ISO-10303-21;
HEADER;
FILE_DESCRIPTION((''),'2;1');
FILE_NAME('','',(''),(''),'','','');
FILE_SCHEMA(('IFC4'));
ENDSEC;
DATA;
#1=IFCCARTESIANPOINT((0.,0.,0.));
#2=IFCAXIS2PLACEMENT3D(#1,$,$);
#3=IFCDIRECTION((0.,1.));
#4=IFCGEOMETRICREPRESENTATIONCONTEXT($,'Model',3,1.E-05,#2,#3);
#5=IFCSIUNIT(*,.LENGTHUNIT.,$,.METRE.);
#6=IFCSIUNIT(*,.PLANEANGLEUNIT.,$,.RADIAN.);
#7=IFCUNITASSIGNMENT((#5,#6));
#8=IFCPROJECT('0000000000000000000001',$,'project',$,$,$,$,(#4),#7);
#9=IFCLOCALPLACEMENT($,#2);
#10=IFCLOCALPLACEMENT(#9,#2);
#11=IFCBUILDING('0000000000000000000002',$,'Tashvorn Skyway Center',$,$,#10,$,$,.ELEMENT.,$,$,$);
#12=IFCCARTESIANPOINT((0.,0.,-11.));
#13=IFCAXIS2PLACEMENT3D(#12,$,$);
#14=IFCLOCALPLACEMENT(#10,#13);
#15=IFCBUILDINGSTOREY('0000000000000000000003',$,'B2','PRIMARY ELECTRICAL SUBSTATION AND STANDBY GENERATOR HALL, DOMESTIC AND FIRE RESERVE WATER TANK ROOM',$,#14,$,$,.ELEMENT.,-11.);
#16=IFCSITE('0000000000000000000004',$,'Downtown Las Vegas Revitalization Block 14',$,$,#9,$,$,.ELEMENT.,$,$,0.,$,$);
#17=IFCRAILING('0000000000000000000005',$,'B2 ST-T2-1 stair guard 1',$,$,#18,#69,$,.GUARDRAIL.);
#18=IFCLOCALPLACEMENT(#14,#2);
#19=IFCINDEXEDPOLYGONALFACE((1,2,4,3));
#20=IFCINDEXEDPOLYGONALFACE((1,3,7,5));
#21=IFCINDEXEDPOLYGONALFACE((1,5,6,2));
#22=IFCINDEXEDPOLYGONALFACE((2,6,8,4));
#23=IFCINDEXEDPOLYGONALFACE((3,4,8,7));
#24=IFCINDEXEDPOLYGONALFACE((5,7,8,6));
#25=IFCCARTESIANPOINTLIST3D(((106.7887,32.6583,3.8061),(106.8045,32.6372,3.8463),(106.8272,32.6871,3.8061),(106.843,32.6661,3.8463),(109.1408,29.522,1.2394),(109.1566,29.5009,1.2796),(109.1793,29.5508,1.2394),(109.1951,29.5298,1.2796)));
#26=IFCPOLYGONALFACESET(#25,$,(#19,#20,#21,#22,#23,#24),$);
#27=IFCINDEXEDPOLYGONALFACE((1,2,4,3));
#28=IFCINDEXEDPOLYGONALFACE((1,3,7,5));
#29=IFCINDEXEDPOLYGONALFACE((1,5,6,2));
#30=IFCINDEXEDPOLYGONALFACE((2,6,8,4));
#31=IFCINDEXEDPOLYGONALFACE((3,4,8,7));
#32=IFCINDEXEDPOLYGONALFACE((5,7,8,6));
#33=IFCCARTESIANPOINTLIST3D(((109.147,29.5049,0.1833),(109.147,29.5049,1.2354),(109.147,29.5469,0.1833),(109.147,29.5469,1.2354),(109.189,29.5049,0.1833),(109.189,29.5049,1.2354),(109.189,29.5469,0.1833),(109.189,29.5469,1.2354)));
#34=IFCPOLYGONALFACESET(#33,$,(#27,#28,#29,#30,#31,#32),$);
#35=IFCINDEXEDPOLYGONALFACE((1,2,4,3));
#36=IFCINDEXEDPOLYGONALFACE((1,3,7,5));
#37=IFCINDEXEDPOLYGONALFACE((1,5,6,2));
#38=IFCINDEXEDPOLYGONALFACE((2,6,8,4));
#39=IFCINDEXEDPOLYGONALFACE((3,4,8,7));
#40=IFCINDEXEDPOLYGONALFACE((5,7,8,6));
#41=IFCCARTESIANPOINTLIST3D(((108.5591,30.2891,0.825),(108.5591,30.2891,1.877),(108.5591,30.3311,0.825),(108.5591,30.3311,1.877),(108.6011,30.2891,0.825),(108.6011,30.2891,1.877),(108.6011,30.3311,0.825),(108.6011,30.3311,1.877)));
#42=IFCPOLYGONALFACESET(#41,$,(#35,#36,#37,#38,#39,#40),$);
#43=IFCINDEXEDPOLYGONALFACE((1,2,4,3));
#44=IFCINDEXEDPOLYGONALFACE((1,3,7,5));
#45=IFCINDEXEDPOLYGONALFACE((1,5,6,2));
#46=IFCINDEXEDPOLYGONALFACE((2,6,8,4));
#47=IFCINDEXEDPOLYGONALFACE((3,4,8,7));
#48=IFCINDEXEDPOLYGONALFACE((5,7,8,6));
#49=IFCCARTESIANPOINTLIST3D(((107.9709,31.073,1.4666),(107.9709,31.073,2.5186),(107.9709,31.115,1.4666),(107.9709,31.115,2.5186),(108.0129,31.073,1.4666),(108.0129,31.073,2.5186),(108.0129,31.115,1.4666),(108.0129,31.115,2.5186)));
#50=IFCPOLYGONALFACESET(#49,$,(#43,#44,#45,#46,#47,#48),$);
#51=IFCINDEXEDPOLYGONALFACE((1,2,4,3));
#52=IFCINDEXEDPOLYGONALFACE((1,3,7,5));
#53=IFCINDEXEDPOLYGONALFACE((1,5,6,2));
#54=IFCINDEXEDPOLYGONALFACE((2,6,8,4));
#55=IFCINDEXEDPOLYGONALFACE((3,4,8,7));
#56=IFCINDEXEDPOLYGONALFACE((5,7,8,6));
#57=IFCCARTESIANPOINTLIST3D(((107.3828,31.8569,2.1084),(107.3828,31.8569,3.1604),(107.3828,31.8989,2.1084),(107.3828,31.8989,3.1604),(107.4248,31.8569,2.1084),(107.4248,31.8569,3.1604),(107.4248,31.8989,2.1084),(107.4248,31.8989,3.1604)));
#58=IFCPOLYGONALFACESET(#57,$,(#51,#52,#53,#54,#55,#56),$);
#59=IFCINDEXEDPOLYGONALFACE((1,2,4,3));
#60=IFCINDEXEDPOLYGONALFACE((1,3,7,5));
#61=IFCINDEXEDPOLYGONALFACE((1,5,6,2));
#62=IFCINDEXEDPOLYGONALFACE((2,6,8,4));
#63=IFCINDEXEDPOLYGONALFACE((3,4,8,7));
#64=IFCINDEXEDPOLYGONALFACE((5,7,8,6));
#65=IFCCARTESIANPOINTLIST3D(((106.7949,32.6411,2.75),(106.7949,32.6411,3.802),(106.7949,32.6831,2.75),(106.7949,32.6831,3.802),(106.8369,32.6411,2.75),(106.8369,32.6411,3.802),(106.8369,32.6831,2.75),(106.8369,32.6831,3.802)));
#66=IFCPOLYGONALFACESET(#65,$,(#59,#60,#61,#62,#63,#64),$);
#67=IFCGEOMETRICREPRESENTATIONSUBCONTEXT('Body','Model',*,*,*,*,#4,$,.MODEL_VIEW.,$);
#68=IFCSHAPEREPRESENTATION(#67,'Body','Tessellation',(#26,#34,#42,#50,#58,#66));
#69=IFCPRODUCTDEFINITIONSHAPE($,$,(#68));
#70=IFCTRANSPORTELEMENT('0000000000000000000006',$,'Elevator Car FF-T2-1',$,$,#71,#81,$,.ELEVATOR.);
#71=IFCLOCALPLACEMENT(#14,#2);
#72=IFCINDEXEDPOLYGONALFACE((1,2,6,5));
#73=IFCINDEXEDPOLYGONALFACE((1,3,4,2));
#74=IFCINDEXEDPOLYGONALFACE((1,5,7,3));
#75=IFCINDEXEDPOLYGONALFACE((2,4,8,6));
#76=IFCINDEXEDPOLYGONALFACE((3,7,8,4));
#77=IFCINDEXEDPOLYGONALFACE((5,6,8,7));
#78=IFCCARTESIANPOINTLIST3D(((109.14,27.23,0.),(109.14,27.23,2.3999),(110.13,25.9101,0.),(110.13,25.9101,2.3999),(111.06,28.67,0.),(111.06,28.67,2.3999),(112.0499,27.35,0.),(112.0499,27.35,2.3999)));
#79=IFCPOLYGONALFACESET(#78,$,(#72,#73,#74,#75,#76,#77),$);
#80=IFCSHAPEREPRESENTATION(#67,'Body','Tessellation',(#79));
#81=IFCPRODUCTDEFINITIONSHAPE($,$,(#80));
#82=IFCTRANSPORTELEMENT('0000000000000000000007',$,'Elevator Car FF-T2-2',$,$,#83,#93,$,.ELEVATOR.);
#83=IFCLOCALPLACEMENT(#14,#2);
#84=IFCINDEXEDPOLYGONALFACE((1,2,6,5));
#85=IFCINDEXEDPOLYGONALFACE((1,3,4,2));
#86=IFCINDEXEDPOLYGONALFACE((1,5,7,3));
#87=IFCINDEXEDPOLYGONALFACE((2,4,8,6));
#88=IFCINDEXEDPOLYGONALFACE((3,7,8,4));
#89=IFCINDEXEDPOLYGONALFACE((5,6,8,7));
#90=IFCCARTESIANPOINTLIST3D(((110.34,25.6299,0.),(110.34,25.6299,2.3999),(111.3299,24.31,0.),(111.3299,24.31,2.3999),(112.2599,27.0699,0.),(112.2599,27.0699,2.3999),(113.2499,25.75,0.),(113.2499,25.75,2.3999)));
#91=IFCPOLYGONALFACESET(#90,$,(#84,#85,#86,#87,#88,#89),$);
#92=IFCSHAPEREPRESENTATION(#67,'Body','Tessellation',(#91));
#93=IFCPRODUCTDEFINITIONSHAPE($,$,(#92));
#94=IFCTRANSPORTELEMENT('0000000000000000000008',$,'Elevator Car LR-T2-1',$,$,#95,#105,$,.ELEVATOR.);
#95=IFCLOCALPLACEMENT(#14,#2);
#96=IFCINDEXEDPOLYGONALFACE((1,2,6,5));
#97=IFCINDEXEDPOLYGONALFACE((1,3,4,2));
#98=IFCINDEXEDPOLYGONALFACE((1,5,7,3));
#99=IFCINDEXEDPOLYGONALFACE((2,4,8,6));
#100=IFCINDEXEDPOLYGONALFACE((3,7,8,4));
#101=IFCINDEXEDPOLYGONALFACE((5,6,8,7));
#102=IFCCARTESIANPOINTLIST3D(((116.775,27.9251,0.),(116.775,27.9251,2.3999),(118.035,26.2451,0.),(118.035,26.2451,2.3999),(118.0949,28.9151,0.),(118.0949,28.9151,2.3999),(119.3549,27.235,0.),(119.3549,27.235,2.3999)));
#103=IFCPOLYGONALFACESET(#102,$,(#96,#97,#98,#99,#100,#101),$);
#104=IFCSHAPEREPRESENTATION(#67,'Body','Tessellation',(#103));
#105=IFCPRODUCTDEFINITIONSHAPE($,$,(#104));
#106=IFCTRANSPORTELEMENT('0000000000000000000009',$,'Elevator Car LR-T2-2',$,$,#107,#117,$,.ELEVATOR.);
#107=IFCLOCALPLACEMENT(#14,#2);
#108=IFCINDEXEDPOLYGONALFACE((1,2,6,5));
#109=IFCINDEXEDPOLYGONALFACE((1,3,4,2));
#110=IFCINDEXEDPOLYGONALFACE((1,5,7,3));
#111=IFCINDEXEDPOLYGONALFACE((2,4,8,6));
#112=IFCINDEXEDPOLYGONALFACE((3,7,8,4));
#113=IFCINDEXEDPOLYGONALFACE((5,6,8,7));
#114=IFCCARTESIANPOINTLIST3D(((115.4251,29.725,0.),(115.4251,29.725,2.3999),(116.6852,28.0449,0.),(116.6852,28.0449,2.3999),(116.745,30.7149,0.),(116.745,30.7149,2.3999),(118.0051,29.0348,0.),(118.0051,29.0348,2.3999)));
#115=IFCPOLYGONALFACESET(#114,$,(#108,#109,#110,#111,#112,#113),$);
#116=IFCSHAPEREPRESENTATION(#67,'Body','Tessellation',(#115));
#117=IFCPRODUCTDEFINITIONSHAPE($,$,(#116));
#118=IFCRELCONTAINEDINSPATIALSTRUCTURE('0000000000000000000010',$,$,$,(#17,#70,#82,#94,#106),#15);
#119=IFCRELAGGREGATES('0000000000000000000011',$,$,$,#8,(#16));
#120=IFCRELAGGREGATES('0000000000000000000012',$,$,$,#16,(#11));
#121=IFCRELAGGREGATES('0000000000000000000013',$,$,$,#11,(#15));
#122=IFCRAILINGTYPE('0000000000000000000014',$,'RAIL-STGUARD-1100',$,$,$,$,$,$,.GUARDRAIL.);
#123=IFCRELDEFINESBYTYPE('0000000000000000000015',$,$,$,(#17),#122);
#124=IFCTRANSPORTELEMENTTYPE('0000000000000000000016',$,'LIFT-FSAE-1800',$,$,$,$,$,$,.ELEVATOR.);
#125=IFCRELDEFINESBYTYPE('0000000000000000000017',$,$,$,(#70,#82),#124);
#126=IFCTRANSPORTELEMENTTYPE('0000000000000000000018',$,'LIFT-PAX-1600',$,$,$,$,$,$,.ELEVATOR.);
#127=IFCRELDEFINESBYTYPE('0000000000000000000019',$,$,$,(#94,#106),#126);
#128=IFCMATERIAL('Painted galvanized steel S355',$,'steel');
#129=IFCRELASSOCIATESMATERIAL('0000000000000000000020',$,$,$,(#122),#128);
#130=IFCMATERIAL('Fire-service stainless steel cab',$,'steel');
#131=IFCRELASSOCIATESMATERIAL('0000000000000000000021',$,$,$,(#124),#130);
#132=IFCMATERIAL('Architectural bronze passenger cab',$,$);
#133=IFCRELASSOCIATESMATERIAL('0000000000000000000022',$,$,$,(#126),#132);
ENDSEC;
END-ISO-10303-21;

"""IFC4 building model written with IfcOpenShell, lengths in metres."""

from ifc_helpers import new_model, si_unit, direction, frame, origin, origin_2d, place, context, subcontext, project, spatial, rectangle, extrude, material, type_object, element, save


model = new_model("IFC4")

# Units and contexts
model_context = context("Model", 3, precision=1e-05, world=origin(), true_north=direction((0.0, 1.0)))
body_context = subcontext(model_context, "Body", "Model", "MODEL_VIEW")
ifc_project = project(units=[si_unit("LENGTHUNIT", "METRE"), si_unit("PLANEANGLEUNIT", "RADIAN")], contexts=[model_context])

# Site, building, storey
site_placement = place(None, origin())
site = spatial("IfcSite", under=ifc_project, at=site_placement, Name="Downtown Las Vegas Revitalization Block 14", CompositionType="ELEMENT", RefElevation=0.0)
building_placement = place(site_placement, origin())
building = spatial("IfcBuilding", under=site, at=building_placement, Name="Tashvorn Skyway Center", CompositionType="ELEMENT")
storey_placement = place(building_placement, frame((0.0, 0.0, -11.0)))
storey = spatial("IfcBuildingStorey", under=building, at=storey_placement, Name="B2", Description="PRIMARY ELECTRICAL SUBSTATION AND STANDBY GENERATOR HALL, DOMESTIC AND FIRE RESERVE WATER TANK ROOM", CompositionType="ELEMENT", Elevation=-11.0)

# Railing
ifc_material_1 = material(Name="Painted galvanized steel S355", Category="steel")
railing_type_1 = type_object("IfcRailingType", Name="RAIL-STGUARD-1100", PredefinedType="GUARDRAIL", material=ifc_material_1)
railing_1_placement = place(storey_placement, frame((109.168, 29.5259, 0.1833)))
element("IfcRailing", 1, at=railing_1_placement, inside=storey, type_object=railing_type_1, Name="B2 ST-T2-1 stair guard 1", PredefinedType="GUARDRAIL", context=body_context, shape_type="SweptSolid", body=[
    extrude(rectangle(XDim=0.0481, YDim=0.0481, at=origin_2d()), frame((0.0, 0.0, 1.0762), z_axis=(-0.501964, 0.66932, 0.547762), x_axis=(-0.800015, -0.59998, 0.0)), (0.0, 0.0, 1.0), 4.6858),
    extrude(rectangle(XDim=0.042, YDim=0.042, at=origin_2d()), origin(), (0.0, 0.0, 1.0), 1.052),
    extrude(rectangle(XDim=0.042, YDim=0.042, at=origin_2d()), frame((-0.5879, 0.7842, 0.6416)), (0.0, 0.0, 1.0), 1.052),
    extrude(rectangle(XDim=0.042, YDim=0.042, at=origin_2d()), frame((-1.176, 1.5681, 1.2832)), (0.0, 0.0, 1.0), 1.052),
    extrude(rectangle(XDim=0.042, YDim=0.042, at=origin_2d()), frame((-1.7642, 2.3521, 1.925)), (0.0, 0.0, 1.0), 1.052),
    extrude(rectangle(XDim=0.042, YDim=0.042, at=origin_2d()), frame((-2.3521, 3.1362, 2.5667)), (0.0, 0.0, 1.0), 1.052),
])

# Transport elements
ifc_material_2 = material(Name="Fire-service stainless steel cab", Category="steel")
transport_element_type_1 = type_object("IfcTransportElementType", Name="LIFT-FSAE-1800", PredefinedType="ELEVATOR", material=ifc_material_2)
for number, where, z_axis, x_axis, name in (
    (2, (110.595, 27.29, 0.0), (0.0, 0.0, 1.0), (0.8, 0.6, 0.0), "Elevator Car FF-T2-1"),
    (3, (111.7949, 25.6899, 0.0), (0.0, 0.0, 1.0), (0.8, 0.6, 0.0), "Elevator Car FF-T2-2"),
):
    element("IfcTransportElement", number, at=place(storey_placement, frame(where, z_axis=z_axis, x_axis=x_axis)), inside=storey, type_object=transport_element_type_1, Name=name, PredefinedType="ELEVATOR", context=body_context, shape_type="SweptSolid", body=[
        extrude(rectangle(XDim=2.3999, YDim=1.6499, at=origin_2d()), origin(), (0.0, 0.0, 1.0), 2.3999),
    ])
ifc_material_3 = material(Name="Architectural bronze passenger cab")
transport_element_type_2 = type_object("IfcTransportElementType", Name="LIFT-PAX-1600", PredefinedType="ELEVATOR", material=ifc_material_3)
for number, where, z_axis, x_axis, name in (
    (4, (118.0649, 27.5801, 0.0), (0.0, 0.0, 1.0), (0.8, 0.6, 0.0), "Elevator Car LR-T2-1"),
    (5, (116.7151, 29.3799, 0.0), (0.0, 0.0, 1.0), (0.8, 0.6, 0.0), "Elevator Car LR-T2-2"),
):
    element("IfcTransportElement", number, at=place(storey_placement, frame(where, z_axis=z_axis, x_axis=x_axis)), inside=storey, type_object=transport_element_type_2, Name=name, PredefinedType="ELEVATOR", context=body_context, shape_type="SweptSolid", body=[
        extrude(rectangle(XDim=1.6499, YDim=2.1001, at=origin_2d()), origin(), (0.0, 0.0, 1.0), 2.3999),
    ])

save(model, "model.ifc")
